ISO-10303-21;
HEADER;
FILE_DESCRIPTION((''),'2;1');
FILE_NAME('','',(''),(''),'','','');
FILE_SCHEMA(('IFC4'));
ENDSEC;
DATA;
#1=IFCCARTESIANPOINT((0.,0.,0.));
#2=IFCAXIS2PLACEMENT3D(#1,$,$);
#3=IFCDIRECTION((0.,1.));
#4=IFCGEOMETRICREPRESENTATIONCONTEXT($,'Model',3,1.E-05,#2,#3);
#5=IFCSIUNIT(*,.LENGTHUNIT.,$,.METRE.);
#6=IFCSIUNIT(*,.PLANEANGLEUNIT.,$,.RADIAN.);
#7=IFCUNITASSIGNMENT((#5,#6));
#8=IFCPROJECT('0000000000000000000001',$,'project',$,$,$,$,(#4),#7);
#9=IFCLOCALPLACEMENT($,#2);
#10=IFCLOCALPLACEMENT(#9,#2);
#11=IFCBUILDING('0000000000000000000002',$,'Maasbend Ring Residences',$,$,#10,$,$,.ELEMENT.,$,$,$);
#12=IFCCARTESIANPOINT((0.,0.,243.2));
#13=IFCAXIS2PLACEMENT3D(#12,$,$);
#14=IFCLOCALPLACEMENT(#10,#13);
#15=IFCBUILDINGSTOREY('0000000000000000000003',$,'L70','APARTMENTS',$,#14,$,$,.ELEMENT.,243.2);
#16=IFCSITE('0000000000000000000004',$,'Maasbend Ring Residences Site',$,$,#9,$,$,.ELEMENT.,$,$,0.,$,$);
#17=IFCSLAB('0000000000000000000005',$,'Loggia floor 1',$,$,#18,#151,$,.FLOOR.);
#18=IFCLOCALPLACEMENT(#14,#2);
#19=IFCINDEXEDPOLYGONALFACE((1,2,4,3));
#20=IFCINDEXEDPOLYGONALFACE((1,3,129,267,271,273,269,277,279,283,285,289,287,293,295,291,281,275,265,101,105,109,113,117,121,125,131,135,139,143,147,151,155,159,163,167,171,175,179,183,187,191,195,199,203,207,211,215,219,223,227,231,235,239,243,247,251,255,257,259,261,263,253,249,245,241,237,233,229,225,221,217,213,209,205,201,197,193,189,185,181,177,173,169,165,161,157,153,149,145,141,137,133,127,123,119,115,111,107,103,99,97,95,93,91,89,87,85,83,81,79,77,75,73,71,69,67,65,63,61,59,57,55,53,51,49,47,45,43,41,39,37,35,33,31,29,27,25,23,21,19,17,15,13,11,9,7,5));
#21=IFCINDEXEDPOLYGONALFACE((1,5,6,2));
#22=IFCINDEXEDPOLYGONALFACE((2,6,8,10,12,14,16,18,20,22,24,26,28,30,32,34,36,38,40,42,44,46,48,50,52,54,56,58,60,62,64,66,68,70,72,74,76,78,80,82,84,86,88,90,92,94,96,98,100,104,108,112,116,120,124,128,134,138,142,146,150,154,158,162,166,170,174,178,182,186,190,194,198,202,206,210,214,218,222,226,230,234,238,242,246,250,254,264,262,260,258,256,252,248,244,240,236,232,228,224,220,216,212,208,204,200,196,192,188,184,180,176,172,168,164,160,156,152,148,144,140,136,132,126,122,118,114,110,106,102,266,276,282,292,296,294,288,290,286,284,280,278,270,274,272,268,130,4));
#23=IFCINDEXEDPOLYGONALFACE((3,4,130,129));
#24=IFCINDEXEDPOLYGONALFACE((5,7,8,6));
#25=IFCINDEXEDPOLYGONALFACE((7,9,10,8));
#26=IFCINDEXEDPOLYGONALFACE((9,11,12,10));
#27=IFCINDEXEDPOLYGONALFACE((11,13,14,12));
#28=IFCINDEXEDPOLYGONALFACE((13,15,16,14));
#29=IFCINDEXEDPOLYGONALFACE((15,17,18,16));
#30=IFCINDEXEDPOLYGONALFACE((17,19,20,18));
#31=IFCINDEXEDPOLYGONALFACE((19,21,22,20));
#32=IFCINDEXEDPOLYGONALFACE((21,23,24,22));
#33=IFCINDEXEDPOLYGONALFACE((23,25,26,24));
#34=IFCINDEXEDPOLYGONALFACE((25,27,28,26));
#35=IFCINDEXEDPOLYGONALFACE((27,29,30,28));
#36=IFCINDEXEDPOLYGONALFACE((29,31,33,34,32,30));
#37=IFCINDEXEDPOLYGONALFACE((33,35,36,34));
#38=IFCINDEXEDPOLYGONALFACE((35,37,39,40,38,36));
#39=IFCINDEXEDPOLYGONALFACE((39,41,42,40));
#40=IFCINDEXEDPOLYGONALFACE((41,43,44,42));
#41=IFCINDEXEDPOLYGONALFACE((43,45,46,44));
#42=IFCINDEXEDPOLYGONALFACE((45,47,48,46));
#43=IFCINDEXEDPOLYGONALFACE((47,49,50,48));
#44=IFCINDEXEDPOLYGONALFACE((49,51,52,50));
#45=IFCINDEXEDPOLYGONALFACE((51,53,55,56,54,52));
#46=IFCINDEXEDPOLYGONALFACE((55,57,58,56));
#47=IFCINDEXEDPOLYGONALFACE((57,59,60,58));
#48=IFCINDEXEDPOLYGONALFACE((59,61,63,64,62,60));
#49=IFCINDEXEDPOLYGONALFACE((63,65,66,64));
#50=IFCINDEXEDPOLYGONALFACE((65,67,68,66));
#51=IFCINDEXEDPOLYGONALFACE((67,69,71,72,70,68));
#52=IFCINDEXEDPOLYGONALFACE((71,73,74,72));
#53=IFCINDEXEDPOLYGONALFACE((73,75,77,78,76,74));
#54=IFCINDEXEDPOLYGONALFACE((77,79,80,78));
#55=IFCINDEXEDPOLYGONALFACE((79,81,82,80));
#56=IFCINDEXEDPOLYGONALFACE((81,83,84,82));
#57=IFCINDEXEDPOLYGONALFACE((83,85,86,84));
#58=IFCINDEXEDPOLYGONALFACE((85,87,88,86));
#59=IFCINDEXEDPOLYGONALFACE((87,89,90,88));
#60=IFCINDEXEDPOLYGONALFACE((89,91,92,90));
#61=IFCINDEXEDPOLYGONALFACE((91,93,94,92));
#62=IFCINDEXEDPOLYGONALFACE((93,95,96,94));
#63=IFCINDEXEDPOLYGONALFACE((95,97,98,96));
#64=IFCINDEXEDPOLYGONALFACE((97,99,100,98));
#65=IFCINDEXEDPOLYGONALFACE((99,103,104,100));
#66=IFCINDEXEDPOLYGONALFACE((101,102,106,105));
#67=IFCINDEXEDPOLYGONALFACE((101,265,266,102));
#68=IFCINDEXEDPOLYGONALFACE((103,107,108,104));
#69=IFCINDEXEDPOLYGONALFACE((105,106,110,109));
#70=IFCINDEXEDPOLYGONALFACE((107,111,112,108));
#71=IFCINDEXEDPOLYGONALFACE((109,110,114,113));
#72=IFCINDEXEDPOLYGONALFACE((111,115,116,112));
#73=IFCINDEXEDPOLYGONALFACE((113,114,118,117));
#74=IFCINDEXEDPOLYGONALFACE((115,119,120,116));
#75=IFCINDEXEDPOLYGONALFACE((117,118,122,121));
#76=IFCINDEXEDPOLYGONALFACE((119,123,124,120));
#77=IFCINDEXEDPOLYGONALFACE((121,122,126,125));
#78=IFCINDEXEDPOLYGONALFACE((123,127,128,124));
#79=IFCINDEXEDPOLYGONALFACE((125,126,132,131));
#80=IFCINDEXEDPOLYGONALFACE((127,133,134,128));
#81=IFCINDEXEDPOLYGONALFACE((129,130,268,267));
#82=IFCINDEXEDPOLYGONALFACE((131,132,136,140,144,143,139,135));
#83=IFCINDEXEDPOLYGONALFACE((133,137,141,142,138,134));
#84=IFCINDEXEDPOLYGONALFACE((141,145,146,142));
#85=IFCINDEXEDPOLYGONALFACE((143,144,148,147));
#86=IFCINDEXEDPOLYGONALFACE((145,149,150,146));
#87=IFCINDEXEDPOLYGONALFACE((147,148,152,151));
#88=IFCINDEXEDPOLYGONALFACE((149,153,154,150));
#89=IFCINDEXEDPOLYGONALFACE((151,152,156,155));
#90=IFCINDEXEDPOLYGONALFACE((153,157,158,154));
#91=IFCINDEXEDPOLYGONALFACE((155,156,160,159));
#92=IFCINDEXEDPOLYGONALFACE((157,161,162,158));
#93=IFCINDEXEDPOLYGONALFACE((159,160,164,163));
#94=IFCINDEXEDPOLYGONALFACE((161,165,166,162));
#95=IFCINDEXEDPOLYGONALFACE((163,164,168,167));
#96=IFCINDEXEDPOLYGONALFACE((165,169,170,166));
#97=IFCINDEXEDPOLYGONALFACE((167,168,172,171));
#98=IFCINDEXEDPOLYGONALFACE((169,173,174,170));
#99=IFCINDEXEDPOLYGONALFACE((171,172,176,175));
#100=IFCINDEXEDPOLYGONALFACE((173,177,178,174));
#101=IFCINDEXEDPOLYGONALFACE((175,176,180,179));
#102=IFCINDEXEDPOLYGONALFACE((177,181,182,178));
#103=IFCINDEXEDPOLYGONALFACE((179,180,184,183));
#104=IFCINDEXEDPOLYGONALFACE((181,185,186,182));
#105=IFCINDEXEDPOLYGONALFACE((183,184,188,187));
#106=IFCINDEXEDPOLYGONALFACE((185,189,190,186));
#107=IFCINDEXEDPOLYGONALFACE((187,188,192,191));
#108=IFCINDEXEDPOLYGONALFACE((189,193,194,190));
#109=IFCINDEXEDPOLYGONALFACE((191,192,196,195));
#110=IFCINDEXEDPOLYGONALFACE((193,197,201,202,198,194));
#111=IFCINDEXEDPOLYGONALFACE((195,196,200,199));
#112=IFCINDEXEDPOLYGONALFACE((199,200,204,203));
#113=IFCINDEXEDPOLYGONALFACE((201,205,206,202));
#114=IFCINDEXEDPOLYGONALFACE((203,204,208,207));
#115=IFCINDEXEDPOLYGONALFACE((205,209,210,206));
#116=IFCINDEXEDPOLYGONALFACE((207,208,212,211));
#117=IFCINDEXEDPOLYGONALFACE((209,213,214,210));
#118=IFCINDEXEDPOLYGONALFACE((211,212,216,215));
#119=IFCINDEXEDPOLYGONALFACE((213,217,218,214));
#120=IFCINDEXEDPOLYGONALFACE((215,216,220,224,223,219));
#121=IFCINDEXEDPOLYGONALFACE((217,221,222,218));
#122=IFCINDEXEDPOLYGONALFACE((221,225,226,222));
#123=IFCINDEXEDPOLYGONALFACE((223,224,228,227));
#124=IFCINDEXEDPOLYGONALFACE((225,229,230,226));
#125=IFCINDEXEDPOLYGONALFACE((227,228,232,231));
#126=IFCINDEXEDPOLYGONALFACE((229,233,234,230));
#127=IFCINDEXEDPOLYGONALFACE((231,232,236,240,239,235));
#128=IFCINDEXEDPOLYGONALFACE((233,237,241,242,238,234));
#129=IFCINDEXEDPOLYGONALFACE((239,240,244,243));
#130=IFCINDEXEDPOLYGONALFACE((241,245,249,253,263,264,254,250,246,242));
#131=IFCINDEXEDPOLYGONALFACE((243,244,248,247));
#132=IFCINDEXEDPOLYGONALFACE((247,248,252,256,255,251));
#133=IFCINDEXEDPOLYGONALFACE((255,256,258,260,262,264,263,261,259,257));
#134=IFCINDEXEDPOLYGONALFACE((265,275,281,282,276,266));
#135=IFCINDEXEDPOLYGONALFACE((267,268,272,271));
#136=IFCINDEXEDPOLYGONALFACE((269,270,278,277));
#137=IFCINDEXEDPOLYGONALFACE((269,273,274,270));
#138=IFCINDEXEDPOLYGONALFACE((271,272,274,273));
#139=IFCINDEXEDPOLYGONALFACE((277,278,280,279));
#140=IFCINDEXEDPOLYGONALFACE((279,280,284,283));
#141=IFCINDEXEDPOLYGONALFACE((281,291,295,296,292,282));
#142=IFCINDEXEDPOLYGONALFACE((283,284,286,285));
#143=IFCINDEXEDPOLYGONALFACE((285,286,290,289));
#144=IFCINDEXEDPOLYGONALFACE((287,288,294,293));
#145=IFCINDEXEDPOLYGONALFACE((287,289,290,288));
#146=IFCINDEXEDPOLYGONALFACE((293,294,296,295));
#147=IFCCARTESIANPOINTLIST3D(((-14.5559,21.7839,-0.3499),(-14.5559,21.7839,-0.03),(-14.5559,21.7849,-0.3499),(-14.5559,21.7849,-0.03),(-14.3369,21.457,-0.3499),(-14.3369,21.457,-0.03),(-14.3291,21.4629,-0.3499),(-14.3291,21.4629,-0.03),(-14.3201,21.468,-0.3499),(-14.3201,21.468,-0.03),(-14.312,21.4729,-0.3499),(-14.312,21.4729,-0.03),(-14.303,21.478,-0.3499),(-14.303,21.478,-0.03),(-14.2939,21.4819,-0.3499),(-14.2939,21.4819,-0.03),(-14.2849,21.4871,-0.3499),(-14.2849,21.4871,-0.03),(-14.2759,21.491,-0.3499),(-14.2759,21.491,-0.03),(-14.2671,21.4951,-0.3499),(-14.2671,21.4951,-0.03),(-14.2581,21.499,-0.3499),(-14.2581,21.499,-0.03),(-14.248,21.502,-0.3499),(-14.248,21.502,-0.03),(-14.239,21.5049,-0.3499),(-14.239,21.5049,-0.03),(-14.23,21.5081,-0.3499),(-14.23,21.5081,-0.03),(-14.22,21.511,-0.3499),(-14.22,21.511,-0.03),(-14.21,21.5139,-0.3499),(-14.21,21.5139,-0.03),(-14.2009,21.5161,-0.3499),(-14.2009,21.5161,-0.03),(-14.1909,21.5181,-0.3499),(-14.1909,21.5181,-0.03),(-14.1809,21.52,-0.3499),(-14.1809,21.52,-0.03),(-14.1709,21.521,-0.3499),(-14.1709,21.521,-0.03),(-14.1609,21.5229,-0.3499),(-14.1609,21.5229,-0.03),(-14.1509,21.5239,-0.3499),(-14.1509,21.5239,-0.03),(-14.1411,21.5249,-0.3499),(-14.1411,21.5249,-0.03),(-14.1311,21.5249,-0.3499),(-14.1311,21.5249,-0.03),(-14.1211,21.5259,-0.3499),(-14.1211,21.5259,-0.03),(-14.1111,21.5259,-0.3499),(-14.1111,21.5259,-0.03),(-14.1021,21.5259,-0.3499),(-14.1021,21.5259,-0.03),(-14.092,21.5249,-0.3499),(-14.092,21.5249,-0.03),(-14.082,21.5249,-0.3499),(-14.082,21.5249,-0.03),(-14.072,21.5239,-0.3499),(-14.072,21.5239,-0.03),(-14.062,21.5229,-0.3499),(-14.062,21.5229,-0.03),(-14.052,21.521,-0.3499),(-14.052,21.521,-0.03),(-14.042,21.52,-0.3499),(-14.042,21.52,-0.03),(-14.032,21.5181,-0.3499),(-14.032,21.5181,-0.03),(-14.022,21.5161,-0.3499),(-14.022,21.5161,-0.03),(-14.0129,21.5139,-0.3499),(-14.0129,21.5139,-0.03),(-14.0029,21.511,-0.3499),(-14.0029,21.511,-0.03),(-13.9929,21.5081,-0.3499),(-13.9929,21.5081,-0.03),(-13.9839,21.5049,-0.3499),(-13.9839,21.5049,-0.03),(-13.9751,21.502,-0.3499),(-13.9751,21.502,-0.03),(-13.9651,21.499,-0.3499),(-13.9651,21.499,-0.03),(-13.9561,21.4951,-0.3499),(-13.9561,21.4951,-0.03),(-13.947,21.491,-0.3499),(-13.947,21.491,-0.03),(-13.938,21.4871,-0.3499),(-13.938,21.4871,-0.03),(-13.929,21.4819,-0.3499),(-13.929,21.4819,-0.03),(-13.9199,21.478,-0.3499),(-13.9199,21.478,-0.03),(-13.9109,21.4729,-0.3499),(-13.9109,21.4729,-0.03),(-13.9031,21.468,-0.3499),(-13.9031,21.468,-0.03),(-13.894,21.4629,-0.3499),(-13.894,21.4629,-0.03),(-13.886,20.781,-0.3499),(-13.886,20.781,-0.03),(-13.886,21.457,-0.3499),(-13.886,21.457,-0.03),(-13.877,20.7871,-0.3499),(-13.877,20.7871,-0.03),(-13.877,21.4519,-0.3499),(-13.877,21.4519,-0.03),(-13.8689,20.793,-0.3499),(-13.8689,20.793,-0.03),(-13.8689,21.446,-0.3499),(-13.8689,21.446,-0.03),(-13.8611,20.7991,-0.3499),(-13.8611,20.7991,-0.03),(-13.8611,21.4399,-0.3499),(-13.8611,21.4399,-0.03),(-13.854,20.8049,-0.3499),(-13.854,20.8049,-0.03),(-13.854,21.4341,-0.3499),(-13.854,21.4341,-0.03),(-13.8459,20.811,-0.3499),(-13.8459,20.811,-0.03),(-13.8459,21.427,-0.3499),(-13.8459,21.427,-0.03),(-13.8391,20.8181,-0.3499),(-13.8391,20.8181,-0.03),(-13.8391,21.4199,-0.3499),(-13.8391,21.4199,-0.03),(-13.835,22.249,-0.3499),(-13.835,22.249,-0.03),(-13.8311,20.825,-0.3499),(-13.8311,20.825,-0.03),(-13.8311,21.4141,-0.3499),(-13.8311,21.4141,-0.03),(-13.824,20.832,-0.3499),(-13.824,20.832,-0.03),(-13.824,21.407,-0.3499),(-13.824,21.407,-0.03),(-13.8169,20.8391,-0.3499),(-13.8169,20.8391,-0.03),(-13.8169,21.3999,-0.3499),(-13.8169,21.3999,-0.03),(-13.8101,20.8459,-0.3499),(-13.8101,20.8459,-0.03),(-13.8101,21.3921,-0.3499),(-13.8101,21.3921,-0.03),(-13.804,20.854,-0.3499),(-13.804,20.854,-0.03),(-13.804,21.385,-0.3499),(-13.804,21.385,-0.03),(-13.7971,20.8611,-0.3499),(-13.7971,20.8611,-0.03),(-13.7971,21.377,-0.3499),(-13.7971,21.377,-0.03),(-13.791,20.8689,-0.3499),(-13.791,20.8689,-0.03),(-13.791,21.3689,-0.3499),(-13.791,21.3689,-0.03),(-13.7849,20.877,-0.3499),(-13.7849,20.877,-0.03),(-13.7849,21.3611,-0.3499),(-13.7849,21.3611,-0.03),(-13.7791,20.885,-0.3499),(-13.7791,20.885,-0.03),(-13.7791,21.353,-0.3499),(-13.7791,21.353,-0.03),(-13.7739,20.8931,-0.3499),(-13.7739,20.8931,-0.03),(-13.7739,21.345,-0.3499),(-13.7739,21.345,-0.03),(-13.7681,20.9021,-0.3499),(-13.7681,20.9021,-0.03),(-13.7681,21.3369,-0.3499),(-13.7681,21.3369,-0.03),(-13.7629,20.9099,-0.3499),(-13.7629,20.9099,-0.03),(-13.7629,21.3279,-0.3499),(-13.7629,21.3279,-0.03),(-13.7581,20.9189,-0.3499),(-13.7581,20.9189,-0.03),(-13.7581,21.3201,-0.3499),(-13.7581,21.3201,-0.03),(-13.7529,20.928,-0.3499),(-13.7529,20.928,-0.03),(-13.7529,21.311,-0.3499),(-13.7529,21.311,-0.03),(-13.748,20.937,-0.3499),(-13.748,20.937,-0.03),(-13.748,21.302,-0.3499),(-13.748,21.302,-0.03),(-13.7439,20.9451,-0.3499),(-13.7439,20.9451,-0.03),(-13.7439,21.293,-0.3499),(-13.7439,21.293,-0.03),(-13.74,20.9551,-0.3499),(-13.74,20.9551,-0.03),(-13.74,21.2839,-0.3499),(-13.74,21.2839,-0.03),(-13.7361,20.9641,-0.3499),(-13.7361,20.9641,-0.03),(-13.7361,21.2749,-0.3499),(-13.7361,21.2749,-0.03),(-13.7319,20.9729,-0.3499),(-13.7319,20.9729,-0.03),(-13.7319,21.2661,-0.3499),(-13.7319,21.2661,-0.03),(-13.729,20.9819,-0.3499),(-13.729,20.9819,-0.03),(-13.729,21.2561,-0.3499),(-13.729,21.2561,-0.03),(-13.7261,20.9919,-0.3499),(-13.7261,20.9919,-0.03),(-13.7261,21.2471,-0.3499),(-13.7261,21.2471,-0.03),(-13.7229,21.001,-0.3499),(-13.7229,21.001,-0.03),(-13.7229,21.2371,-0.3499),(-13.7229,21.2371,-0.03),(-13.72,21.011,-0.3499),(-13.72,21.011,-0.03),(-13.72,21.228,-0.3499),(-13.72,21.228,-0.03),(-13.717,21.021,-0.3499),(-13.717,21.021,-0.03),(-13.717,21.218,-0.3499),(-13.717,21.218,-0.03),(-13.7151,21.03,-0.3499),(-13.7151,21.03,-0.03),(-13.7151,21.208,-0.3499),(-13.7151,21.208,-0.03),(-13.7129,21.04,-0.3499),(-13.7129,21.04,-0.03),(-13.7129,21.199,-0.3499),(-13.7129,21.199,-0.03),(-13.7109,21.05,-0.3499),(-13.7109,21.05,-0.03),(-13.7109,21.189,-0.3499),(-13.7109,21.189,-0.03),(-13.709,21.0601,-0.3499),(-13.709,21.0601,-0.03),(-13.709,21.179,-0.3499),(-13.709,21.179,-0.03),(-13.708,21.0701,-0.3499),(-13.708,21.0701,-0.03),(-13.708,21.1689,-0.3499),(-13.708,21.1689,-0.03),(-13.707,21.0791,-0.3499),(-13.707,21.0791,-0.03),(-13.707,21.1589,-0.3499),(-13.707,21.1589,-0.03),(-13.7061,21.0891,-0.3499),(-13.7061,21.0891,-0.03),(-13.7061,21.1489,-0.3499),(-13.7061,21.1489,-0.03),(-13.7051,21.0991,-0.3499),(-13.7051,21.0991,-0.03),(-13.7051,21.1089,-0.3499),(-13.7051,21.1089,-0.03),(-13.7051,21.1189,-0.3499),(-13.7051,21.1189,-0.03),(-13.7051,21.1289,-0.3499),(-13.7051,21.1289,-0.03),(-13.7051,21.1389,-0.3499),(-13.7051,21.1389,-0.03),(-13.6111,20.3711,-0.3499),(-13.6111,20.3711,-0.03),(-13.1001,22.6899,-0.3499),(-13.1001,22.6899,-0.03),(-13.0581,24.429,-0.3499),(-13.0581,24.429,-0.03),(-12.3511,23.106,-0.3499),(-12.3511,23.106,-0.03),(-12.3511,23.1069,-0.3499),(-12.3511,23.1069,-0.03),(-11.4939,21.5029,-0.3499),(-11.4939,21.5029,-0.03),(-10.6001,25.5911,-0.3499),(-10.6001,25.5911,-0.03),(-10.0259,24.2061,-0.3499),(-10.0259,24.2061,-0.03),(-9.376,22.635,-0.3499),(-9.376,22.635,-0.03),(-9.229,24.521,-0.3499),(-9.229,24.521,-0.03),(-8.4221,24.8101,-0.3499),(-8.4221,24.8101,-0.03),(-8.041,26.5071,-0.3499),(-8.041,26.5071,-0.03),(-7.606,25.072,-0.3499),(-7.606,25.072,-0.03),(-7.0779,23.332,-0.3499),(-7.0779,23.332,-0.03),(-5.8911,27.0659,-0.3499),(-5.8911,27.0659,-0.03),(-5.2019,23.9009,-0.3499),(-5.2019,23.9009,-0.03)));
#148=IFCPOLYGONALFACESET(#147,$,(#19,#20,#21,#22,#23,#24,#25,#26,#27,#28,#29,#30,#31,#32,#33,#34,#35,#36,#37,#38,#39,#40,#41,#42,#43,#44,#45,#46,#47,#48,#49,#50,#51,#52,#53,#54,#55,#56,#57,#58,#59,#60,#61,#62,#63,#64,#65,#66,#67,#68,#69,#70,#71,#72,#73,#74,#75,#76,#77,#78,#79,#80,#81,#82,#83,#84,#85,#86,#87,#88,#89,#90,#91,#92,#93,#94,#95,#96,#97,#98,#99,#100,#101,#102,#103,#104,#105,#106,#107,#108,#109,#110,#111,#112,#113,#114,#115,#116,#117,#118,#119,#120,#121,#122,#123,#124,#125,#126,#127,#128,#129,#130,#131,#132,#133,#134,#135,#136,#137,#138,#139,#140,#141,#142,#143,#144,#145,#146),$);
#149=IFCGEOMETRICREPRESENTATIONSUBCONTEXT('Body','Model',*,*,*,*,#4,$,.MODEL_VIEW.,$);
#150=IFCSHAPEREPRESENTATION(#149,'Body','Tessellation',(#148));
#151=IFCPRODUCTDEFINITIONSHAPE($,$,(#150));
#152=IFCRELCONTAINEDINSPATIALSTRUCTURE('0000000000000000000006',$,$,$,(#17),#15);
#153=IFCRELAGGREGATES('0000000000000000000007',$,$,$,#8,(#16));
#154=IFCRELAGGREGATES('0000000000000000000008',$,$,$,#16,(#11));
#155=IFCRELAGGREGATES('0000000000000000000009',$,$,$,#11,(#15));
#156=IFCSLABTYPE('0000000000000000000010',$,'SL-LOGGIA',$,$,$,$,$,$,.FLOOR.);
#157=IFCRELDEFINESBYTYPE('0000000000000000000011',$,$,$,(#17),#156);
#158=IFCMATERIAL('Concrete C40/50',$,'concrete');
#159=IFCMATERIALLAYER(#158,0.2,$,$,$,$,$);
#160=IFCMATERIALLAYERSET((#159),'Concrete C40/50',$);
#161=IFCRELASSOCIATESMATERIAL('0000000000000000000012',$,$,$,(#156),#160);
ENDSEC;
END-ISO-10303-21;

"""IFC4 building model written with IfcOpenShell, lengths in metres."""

from ifc_helpers import new_model, si_unit, direction, frame, origin, place, context, subcontext, project, spatial, polyline, outline, extrude, material, layer, layer_set, type_object, element, save


model = new_model("IFC4")

# Units and contexts
model_context = context("Model", 3, precision=1e-05, world=origin(), true_north=direction((0.0, 1.0)))
body_context = subcontext(model_context, "Body", "Model", "MODEL_VIEW")
ifc_project = project(units=[si_unit("LENGTHUNIT", "METRE"), si_unit("PLANEANGLEUNIT", "RADIAN")], contexts=[model_context])

# Site, building, storey
site_placement = place(None, origin())
site = spatial("IfcSite", under=ifc_project, at=site_placement, Name="Maasbend Ring Residences Site", CompositionType="ELEMENT", RefElevation=0.0)
building_placement = place(site_placement, origin())
building = spatial("IfcBuilding", under=site, at=building_placement, Name="Maasbend Ring Residences", CompositionType="ELEMENT")
storey_placement = place(building_placement, frame((0.0, 0.0, 243.2)))
storey = spatial("IfcBuildingStorey", under=building, at=storey_placement, Name="L70", Description="APARTMENTS", CompositionType="ELEMENT", Elevation=243.2)

# Slab
ifc_material_1 = material(Name="Concrete C40/50", Category="concrete")
ifc_layer_1 = layer(ifc_material_1, 0.2)
ifc_layer_set_1 = layer_set([ifc_layer_1], Name="Concrete C40/50")
slab_type_1 = type_object("IfcSlabType", Name="SL-LOGGIA", PredefinedType="FLOOR", material=ifc_layer_set_1)
slab_1_placement = place(storey_placement, frame((0.0, 0.0, -0.3499)))
element("IfcSlab", 1, at=slab_1_placement, inside=storey, type_object=slab_type_1, Name="Loggia floor 1", PredefinedType="FLOOR", context=body_context, shape_type="SweptSolid", body=[
    extrude(outline(polyline([(-13.1001, 22.6899), (-12.3511, 23.106), (-12.3511, 23.106), (-12.3511, 23.106), (-12.3511, 23.106), (-12.3511, 23.106), (-12.3511, 23.106), (-12.3511, 23.106), (-12.3511, 23.106), (-12.3511, 23.106), (-12.3511, 23.106), (-12.3511, 23.106), (-12.3511, 23.1069), (-12.3511, 23.1069), (-12.3511, 23.1069), (-12.3511, 23.1069), (-12.3511, 23.1069), (-12.3511, 23.1069), (-13.0581, 24.429), (-13.0581, 24.429), (-13.0581, 24.429), (-10.6001, 25.5911), (-10.6001, 25.5911), (-10.6001, 25.5911), (-10.0259, 24.2061), (-10.0259, 24.2061), (-10.0259, 24.2061), (-10.0259, 24.2061), (-10.0259, 24.2061), (-10.0259, 24.2061), (-10.0259, 24.2061), (-10.0259, 24.2061), (-10.0259, 24.2061), (-10.0259, 24.2061), (-10.0259, 24.2061), (-10.0259, 24.2061), (-10.0259, 24.2061), (-10.0259, 24.2061), (-10.0259, 24.2061), (-10.0259, 24.2061), (-10.0259, 24.2061), (-9.229, 24.521), (-9.229, 24.521), (-8.4221, 24.8101), (-8.4221, 24.8101), (-7.606, 25.072), (-7.606, 25.072), (-7.606, 25.072), (-7.606, 25.072), (-7.606, 25.072), (-7.606, 25.072), (-7.606, 25.072), (-7.606, 25.072), (-7.606, 25.072), (-7.606, 25.072), (-7.606, 25.072), (-7.606, 25.072), (-7.606, 25.072), (-7.606, 25.072), (-7.606, 25.072), (-7.606, 25.072), (-7.606, 25.072), (-8.041, 26.5071), (-8.041, 26.5071), (-8.041, 26.5071), (-5.8911, 27.0659), (-5.8911, 27.0659), (-5.8911, 27.0659), (-5.2019, 23.9009), (-5.2019, 23.9009), (-5.2019, 23.9009), (-7.0779, 23.332), (-9.376, 22.635), (-9.376, 22.635), (-9.376, 22.635), (-11.4939, 21.5029), (-13.6111, 20.3711), (-13.6111, 20.3711), (-13.6111, 20.3711), (-13.886, 20.781), (-13.877, 20.7871), (-13.8689, 20.793), (-13.8611, 20.7991), (-13.854, 20.8049), (-13.8459, 20.811), (-13.8391, 20.8181), (-13.8311, 20.825), (-13.824, 20.832), (-13.8169, 20.8391), (-13.8101, 20.8459), (-13.804, 20.854), (-13.7971, 20.8611), (-13.791, 20.8689), (-13.7849, 20.877), (-13.7791, 20.885), (-13.7739, 20.8931), (-13.7681, 20.9021), (-13.7629, 20.9099), (-13.7581, 20.9189), (-13.7529, 20.928), (-13.748, 20.937), (-13.7439, 20.9451), (-13.74, 20.9551), (-13.7361, 20.9641), (-13.7319, 20.9729), (-13.729, 20.9819), (-13.7261, 20.9919), (-13.7229, 21.001), (-13.72, 21.011), (-13.717, 21.021), (-13.7151, 21.03), (-13.7129, 21.04), (-13.7109, 21.05), (-13.709, 21.0601), (-13.708, 21.0701), (-13.707, 21.0791), (-13.7061, 21.0891), (-13.7051, 21.0991), (-13.7051, 21.1089), (-13.7051, 21.1189), (-13.7051, 21.1289), (-13.7051, 21.1389), (-13.7061, 21.1489), (-13.707, 21.1589), (-13.708, 21.1689), (-13.709, 21.179), (-13.7109, 21.189), (-13.7129, 21.199), (-13.7151, 21.208), (-13.717, 21.218), (-13.72, 21.228), (-13.7229, 21.2371), (-13.7261, 21.2471), (-13.729, 21.2561), (-13.7319, 21.2661), (-13.7361, 21.2749), (-13.74, 21.2839), (-13.7439, 21.293), (-13.748, 21.302), (-13.7529, 21.311), (-13.7581, 21.3201), (-13.7629, 21.3279), (-13.7681, 21.3369), (-13.7739, 21.345), (-13.7791, 21.353), (-13.7849, 21.3611), (-13.791, 21.3689), (-13.7971, 21.377), (-13.804, 21.385), (-13.8101, 21.3921), (-13.8169, 21.3999), (-13.824, 21.407), (-13.8311, 21.4141), (-13.8391, 21.4199), (-13.8459, 21.427), (-13.854, 21.4341), (-13.8611, 21.4399), (-13.8689, 21.446), (-13.877, 21.4519), (-13.886, 21.457), (-13.894, 21.4629), (-13.9031, 21.468), (-13.9109, 21.4729), (-13.9199, 21.478), (-13.929, 21.4819), (-13.938, 21.4871), (-13.947, 21.491), (-13.9561, 21.4951), (-13.9651, 21.499), (-13.9751, 21.502), (-13.9839, 21.5049), (-13.9929, 21.5081), (-14.0029, 21.511), (-14.0129, 21.5139), (-14.022, 21.5161), (-14.032, 21.5181), (-14.042, 21.52), (-14.052, 21.521), (-14.062, 21.5229), (-14.072, 21.5239), (-14.082, 21.5249), (-14.092, 21.5249), (-14.1021, 21.5259), (-14.1111, 21.5259), (-14.1211, 21.5259), (-14.1311, 21.5249), (-14.1411, 21.5249), (-14.1509, 21.5239), (-14.1609, 21.5229), (-14.1709, 21.521), (-14.1809, 21.52), (-14.1909, 21.5181), (-14.2009, 21.5161), (-14.21, 21.5139), (-14.22, 21.511), (-14.23, 21.5081), (-14.239, 21.5049), (-14.248, 21.502), (-14.2581, 21.499), (-14.2671, 21.4951), (-14.2759, 21.491), (-14.2849, 21.4871), (-14.2939, 21.4819), (-14.303, 21.478), (-14.312, 21.4729), (-14.3201, 21.468), (-14.3291, 21.4629), (-14.3369, 21.457), (-14.5559, 21.7839), (-14.5559, 21.7849), (-14.5559, 21.7849), (-13.835, 22.249), (-13.835, 22.249), (-13.1001, 22.6899), (-13.1001, 22.6899)])), origin(), (0.0, 0.0, 1.0), 0.3198),
])

save(model, "model.ifc")
